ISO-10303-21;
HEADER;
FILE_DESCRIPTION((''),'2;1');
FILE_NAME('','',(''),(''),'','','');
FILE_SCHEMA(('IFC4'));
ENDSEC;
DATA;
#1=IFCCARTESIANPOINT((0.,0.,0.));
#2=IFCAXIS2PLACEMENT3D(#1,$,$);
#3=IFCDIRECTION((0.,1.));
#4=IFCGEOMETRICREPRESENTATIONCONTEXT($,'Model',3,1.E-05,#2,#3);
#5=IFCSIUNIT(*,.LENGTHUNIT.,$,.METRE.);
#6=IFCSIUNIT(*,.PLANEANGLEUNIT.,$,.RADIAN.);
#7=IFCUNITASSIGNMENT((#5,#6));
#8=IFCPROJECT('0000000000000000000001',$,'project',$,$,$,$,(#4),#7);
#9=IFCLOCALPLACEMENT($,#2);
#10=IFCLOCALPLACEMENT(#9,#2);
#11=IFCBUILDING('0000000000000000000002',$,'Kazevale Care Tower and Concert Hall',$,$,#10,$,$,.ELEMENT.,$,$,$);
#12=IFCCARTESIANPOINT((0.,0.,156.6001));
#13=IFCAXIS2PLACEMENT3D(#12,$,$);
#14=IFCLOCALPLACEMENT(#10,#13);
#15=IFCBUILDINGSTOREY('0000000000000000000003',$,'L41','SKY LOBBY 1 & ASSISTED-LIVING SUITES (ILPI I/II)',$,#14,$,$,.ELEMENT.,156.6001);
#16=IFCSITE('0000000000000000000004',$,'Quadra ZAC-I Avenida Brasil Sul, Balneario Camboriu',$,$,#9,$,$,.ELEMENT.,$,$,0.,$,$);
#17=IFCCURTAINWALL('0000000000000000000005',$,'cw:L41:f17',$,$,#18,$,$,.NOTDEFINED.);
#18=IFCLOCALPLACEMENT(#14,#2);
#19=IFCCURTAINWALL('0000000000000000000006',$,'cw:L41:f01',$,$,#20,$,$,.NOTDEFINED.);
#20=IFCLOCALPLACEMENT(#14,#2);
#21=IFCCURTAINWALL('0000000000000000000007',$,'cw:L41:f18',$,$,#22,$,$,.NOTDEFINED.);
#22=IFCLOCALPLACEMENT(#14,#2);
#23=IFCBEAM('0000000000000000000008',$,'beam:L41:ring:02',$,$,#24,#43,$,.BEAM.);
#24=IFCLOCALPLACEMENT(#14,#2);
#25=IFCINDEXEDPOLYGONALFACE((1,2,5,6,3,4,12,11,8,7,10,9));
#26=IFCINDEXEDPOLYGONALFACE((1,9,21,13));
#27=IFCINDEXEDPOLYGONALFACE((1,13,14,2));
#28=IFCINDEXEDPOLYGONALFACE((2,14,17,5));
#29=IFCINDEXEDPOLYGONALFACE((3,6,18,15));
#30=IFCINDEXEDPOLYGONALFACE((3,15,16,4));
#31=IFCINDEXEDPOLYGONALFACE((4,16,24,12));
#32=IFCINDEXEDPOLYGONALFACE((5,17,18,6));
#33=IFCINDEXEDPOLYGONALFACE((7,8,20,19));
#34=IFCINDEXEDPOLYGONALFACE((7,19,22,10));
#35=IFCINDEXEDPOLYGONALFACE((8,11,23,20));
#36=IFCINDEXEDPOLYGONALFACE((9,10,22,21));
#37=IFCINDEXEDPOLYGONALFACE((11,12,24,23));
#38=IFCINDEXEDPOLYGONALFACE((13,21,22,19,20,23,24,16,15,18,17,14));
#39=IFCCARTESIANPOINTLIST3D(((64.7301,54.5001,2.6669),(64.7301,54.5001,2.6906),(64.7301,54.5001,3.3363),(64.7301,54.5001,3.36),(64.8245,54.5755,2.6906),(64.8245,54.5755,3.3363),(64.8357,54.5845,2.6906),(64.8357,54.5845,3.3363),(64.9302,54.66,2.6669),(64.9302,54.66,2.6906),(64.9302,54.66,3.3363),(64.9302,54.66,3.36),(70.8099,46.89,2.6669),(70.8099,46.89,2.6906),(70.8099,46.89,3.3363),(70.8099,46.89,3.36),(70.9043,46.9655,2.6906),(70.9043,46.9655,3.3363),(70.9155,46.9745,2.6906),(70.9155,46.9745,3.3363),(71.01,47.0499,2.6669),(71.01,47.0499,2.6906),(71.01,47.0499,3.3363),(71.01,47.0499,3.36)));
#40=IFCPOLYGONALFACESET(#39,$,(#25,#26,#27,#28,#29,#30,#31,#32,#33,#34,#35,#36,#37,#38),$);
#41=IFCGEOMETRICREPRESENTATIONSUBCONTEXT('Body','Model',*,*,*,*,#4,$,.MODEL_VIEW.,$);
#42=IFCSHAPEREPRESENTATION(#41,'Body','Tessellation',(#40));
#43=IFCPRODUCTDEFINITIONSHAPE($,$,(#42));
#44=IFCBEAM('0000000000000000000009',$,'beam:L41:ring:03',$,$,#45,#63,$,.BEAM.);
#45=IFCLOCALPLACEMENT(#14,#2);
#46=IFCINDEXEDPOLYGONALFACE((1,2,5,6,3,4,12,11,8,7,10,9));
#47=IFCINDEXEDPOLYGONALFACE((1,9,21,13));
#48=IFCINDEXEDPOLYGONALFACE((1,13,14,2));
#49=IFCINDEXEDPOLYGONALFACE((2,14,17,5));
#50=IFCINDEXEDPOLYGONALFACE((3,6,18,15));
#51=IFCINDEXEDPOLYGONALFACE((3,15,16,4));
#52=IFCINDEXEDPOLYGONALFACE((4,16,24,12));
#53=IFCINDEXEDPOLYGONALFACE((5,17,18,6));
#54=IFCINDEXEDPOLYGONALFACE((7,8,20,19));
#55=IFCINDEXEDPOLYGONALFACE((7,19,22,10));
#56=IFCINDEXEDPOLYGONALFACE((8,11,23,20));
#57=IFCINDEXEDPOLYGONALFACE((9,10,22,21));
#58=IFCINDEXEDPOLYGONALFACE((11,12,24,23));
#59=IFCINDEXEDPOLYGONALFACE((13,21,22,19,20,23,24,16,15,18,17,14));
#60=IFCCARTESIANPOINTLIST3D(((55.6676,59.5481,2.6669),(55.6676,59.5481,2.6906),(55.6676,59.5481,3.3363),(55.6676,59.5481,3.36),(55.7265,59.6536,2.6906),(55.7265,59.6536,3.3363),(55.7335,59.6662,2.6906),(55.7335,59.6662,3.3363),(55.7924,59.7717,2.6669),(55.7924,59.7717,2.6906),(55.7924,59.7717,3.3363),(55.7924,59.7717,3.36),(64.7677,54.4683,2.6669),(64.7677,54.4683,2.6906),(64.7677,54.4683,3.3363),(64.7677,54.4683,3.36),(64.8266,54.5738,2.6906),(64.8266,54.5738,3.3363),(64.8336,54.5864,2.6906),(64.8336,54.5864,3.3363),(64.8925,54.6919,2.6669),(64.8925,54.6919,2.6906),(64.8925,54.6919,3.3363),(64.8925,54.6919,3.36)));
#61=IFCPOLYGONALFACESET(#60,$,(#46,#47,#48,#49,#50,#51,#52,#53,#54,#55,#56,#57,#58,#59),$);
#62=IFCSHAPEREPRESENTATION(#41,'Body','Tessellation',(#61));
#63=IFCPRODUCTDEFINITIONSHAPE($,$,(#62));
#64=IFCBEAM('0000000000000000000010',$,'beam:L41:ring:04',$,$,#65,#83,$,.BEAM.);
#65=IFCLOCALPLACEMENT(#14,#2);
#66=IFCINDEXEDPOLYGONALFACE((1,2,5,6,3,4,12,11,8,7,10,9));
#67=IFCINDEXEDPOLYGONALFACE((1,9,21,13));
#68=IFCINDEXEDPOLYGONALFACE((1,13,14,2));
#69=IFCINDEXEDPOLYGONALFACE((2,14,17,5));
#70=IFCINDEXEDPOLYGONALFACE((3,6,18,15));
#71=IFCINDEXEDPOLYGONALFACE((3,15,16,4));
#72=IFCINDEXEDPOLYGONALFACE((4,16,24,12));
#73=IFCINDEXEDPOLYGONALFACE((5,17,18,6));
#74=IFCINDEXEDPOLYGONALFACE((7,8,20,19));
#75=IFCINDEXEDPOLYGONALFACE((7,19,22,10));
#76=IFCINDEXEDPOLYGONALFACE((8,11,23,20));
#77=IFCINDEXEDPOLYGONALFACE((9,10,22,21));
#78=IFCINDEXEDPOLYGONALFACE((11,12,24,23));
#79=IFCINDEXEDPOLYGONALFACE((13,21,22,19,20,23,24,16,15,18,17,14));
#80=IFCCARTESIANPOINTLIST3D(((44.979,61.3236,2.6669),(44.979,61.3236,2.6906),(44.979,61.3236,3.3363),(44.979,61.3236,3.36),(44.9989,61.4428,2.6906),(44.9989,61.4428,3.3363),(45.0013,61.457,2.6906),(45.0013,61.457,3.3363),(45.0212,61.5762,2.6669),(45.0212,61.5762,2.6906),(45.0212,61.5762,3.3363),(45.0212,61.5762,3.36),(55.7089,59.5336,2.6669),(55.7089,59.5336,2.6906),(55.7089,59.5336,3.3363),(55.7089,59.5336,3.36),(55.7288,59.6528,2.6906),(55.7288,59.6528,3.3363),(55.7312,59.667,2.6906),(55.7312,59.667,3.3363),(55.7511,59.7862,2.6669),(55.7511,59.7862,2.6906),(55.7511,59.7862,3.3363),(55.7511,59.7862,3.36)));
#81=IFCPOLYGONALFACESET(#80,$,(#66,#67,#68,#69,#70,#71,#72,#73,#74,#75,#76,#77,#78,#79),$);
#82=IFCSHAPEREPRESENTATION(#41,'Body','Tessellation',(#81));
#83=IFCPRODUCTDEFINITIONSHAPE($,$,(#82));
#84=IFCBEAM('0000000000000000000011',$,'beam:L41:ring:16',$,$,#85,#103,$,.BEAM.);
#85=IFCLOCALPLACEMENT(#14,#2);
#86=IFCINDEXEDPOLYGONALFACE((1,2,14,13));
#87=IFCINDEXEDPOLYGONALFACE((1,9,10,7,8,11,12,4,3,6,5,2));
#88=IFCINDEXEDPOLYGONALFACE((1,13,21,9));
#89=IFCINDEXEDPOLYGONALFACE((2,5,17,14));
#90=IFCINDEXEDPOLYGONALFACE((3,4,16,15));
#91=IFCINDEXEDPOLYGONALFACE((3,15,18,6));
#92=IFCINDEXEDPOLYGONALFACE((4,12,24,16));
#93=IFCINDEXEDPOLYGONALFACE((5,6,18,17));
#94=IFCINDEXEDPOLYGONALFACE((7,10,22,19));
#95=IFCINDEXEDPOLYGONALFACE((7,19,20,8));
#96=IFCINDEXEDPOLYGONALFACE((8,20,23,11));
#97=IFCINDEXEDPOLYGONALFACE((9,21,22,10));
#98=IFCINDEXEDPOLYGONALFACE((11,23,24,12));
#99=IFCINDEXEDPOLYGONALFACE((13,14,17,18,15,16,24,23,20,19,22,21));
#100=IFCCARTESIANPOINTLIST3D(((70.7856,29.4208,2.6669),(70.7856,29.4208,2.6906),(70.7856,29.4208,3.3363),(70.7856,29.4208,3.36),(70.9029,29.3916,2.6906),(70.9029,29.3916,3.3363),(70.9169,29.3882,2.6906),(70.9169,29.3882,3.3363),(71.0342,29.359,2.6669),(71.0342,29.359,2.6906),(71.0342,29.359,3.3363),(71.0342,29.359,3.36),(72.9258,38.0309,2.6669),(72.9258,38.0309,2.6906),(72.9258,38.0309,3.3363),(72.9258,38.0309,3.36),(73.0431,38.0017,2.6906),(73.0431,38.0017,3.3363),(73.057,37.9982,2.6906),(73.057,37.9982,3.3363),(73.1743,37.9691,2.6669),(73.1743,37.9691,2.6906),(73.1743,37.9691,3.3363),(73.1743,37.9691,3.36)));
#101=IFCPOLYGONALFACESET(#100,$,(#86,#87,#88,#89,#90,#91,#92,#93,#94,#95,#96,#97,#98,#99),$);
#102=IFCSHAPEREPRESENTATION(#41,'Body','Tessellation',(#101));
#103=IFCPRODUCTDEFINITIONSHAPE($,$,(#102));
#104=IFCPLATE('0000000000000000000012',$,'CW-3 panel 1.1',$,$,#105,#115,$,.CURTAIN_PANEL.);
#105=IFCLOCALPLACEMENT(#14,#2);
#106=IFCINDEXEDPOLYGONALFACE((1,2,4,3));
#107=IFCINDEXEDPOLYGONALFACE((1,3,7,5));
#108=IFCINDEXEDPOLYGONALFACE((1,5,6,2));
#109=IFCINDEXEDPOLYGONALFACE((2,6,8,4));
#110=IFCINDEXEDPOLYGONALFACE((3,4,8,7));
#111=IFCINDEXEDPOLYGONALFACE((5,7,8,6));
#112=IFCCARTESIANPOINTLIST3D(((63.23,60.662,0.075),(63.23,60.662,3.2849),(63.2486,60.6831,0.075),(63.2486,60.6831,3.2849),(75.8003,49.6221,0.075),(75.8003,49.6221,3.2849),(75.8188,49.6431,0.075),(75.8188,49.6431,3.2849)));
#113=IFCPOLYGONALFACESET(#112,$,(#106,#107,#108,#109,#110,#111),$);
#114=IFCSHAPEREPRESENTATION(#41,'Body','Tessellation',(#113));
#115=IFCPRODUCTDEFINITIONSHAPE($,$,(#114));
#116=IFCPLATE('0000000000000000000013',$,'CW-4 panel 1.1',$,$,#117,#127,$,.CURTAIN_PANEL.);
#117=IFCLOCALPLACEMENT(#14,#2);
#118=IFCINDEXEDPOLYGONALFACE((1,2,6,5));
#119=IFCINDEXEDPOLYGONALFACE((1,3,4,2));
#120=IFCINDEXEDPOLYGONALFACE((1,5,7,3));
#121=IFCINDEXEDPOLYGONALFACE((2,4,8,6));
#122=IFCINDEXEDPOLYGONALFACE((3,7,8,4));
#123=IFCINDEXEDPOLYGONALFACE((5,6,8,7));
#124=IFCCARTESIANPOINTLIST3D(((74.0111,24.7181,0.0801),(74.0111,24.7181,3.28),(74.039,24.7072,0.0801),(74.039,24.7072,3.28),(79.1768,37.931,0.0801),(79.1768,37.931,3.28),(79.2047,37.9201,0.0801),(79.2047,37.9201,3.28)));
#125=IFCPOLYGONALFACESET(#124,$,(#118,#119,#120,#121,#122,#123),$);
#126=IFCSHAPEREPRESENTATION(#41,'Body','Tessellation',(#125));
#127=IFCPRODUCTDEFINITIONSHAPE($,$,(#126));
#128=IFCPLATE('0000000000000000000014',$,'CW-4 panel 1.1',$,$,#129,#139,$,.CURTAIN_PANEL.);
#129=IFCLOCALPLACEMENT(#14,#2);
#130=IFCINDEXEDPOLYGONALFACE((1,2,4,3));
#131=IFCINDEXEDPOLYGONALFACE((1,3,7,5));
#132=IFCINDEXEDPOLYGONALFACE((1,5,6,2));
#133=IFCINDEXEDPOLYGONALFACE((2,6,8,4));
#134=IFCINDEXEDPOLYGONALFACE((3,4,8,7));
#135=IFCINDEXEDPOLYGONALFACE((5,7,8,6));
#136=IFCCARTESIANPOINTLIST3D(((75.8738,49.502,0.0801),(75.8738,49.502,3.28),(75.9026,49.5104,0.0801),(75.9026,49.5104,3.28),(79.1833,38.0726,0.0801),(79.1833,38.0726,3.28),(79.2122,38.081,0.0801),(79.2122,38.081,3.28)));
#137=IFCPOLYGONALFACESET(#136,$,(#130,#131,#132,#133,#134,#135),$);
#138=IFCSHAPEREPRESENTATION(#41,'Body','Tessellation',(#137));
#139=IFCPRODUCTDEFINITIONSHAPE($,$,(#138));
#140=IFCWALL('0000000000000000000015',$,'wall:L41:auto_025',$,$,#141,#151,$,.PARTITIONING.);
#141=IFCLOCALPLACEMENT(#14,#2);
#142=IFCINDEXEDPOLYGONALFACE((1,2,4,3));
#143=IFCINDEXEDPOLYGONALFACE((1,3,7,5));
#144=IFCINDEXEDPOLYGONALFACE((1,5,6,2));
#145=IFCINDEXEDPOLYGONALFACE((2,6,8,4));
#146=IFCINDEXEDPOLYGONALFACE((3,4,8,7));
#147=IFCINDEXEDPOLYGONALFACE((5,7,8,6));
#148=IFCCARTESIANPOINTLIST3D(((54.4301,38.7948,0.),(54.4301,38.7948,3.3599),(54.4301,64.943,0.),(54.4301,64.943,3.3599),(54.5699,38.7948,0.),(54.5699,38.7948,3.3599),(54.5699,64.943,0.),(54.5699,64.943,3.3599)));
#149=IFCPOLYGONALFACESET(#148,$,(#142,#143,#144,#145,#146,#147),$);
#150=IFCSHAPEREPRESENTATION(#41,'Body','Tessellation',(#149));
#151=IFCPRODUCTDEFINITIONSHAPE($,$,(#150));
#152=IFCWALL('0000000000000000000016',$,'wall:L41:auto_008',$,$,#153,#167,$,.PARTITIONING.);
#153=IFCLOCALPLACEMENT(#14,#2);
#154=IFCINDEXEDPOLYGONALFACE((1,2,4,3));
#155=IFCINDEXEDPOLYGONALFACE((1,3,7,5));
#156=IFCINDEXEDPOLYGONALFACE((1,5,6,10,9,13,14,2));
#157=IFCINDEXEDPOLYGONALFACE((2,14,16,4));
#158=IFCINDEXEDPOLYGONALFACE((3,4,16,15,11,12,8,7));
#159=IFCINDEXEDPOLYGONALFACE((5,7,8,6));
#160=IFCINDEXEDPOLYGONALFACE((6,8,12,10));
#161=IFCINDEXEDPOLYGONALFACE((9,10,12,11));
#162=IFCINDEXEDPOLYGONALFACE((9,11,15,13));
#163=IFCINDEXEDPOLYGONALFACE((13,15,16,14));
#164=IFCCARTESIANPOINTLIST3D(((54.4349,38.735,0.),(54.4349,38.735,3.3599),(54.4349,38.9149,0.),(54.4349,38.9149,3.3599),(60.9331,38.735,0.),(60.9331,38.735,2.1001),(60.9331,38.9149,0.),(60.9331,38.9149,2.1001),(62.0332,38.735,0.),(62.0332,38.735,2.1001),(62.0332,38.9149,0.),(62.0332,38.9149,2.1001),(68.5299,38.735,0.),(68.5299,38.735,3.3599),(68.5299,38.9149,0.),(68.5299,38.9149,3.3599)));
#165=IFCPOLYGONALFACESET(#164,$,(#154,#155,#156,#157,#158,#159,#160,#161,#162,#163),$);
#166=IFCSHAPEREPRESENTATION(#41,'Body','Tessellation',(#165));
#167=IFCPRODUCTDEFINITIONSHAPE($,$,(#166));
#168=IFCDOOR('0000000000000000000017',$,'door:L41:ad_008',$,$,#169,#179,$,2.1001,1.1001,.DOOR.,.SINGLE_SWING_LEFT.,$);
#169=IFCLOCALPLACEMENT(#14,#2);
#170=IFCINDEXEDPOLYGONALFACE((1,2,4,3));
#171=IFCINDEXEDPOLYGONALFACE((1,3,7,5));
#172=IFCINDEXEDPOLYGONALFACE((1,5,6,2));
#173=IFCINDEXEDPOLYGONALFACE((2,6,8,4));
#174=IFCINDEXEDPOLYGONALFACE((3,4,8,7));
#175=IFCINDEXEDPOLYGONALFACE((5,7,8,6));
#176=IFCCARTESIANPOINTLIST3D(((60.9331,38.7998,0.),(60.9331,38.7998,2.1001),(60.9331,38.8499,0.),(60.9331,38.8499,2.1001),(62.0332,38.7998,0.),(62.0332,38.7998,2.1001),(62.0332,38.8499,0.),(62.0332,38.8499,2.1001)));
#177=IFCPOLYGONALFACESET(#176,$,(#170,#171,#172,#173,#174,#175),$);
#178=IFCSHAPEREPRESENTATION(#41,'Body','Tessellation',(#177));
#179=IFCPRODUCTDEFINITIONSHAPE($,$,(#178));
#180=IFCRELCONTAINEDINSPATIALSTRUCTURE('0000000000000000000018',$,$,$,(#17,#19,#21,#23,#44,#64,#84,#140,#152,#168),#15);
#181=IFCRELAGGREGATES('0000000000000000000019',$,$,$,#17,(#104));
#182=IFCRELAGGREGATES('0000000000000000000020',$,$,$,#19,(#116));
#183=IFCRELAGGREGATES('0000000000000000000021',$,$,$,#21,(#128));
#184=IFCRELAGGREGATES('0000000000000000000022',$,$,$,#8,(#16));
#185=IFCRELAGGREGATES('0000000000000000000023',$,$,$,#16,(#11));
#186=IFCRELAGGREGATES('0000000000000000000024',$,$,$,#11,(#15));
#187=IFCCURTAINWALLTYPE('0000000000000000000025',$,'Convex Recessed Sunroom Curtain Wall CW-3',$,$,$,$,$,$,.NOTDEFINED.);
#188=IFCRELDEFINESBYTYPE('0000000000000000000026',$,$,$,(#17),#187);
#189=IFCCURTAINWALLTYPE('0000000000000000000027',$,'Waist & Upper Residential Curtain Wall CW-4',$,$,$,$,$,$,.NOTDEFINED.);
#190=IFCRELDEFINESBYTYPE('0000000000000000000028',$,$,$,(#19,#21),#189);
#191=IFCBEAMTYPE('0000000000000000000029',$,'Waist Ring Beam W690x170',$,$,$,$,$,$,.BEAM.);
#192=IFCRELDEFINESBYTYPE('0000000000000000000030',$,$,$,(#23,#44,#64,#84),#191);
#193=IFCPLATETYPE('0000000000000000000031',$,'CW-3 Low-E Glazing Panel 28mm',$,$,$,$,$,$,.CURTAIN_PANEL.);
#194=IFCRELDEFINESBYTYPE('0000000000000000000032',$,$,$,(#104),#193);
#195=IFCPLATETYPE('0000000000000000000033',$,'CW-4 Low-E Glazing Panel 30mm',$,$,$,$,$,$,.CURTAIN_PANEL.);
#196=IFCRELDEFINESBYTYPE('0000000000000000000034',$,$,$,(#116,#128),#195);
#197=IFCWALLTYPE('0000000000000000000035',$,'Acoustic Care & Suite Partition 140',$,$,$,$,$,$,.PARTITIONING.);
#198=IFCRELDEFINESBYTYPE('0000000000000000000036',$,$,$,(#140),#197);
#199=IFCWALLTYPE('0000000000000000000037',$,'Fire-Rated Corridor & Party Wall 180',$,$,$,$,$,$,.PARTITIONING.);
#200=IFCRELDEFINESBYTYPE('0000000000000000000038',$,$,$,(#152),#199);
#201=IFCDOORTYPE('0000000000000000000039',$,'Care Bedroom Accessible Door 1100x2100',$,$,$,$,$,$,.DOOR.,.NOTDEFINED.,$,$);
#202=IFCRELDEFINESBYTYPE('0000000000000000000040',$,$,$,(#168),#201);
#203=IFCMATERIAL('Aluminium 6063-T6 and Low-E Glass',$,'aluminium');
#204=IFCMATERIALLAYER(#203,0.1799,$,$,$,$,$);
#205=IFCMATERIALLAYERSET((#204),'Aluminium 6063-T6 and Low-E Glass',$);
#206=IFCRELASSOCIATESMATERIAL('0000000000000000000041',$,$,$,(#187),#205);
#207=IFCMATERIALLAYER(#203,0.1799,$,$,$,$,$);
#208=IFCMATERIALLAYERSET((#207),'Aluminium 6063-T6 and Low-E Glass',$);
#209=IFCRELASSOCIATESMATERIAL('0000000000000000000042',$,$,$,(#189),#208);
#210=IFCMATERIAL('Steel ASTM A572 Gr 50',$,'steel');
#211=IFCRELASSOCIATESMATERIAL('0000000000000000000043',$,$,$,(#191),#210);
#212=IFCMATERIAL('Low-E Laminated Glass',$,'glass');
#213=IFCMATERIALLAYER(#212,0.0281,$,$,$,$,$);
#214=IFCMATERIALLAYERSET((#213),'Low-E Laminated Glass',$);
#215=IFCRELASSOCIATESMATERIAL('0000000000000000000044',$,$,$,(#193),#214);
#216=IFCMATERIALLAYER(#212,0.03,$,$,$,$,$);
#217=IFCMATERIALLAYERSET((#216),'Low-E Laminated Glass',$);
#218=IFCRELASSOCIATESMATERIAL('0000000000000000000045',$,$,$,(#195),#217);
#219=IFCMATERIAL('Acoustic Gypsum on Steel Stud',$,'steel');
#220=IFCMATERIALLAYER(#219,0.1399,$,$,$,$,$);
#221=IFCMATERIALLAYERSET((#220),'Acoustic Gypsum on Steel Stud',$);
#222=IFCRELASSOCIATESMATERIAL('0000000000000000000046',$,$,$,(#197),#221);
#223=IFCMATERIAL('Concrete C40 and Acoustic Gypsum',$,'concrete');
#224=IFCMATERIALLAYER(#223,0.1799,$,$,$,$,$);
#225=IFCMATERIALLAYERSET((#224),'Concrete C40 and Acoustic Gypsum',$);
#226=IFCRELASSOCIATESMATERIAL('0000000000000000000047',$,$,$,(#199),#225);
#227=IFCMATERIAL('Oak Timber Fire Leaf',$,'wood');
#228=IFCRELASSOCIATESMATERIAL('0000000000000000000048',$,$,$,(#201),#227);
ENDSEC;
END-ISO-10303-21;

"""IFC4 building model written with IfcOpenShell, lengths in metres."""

from ifc_helpers import new_model, si_unit, direction, frame, frame_2d, origin, origin_2d, place, context, subcontext, project, spatial, rectangle, i_section, extrude, material, layer, layer_set, material_profile, profile_set, type_object, element, fill, aggregate, save


model = new_model("IFC4")

# Units and contexts
model_context = context("Model", 3, precision=1e-05, world=origin(), true_north=direction((0.0, 1.0)))
body_context = subcontext(model_context, "Body", "Model", "MODEL_VIEW")
ifc_project = project(units=[si_unit("LENGTHUNIT", "METRE"), si_unit("PLANEANGLEUNIT", "RADIAN")], contexts=[model_context])

# Site, building, storey
site_placement = place(None, origin())
site = spatial("IfcSite", under=ifc_project, at=site_placement, Name="Quadra ZAC-I Avenida Brasil Sul, Balneario Camboriu", CompositionType="ELEMENT", RefElevation=0.0)
building_placement = place(site_placement, origin())
building = spatial("IfcBuilding", under=site, at=building_placement, Name="Kazevale Care Tower and Concert Hall", CompositionType="ELEMENT")
storey_placement = place(building_placement, frame((0.0, 0.0, 156.6001)))
storey = spatial("IfcBuildingStorey", under=building, at=storey_placement, Name="L41", Description="SKY LOBBY 1 & ASSISTED-LIVING SUITES (ILPI I/II)", CompositionType="ELEMENT", Elevation=156.6001)

# Shared definitions
ifc_material_1 = material(Name="Aluminium 6063-T6 and Low-E Glass", Category="aluminium")

# Curtain wall
ifc_layer_1 = layer(ifc_material_1, 0.1799)
ifc_layer_set_1 = layer_set([ifc_layer_1], Name="Aluminium 6063-T6 and Low-E Glass")
curtain_wall_type_1 = type_object("IfcCurtainWallType", Name="Convex Recessed Sunroom Curtain Wall CW-3", PredefinedType="NOTDEFINED", material=ifc_layer_set_1)
curtain_wall_1_placement = place(storey_placement, origin())
curtain_wall_1 = element("IfcCurtainWall", 1, at=curtain_wall_1_placement, inside=storey, type_object=curtain_wall_type_1, Name="cw:L41:f17", PredefinedType="NOTDEFINED")

# Curtain wall
ifc_layer_2 = layer(ifc_material_1, 0.1799)
ifc_layer_set_2 = layer_set([ifc_layer_2], Name="Aluminium 6063-T6 and Low-E Glass")
curtain_wall_type_2 = type_object("IfcCurtainWallType", Name="Waist & Upper Residential Curtain Wall CW-4", PredefinedType="NOTDEFINED", material=ifc_layer_set_2)
curtain_wall_2_placement = place(storey_placement, origin())
curtain_wall_2 = element("IfcCurtainWall", 2, at=curtain_wall_2_placement, inside=storey, type_object=curtain_wall_type_2, Name="cw:L41:f01", PredefinedType="NOTDEFINED")

# Curtain wall
curtain_wall_3_placement = place(storey_placement, origin())
curtain_wall_3 = element("IfcCurtainWall", 3, at=curtain_wall_3_placement, inside=storey, type_object=curtain_wall_type_2, Name="cw:L41:f18", PredefinedType="NOTDEFINED")

# Beams
ifc_material_2 = material(Name="Steel ASTM A572 Gr 50", Category="steel")
ifc_material_profile_1 = material_profile(ifc_material_2, i_section(OverallWidth=0.2561, OverallDepth=0.6931, WebThickness=0.0144, FlangeThickness=0.0237, at=origin_2d()), Name="W690x170")
ifc_profile_set_1 = profile_set([ifc_material_profile_1], Name="Steel ASTM A572 Gr 50")
beam_type_1 = type_object("IfcBeamType", Name="Waist Ring Beam W690x170", PredefinedType="BEAM", material=ifc_profile_set_1)
beam_1_placement = place(storey_placement, frame((70.9099, 46.97, 3.0134), z_axis=(-0.624178, 0.781282, 0.0), x_axis=(-0.781282, -0.624178, 0.0)))
element("IfcBeam", 4, at=beam_1_placement, inside=storey, type_object=beam_type_1, Name="beam:L41:ring:02", PredefinedType="BEAM", context=body_context, shape_type="SweptSolid", body=[
    extrude(i_section(OverallWidth=0.2561, OverallDepth=0.6931, WebThickness=0.0144, FlangeThickness=0.0237, at=origin_2d()), origin(), (0.0, 0.0, 1.0), 9.7405),
])
beam_2_placement = place(storey_placement, frame((64.8301, 54.5801, 3.0134), z_axis=(-0.873169, 0.487418, 0.0), x_axis=(-0.487418, -0.873169, 0.0)))
element("IfcBeam", 5, at=beam_2_placement, inside=storey, type_object=beam_type_1, Name="beam:L41:ring:03", PredefinedType="BEAM", context=body_context, shape_type="SweptSolid", body=[
    extrude(i_section(OverallWidth=0.2561, OverallDepth=0.6931, WebThickness=0.0144, FlangeThickness=0.0237, at=origin_2d()), origin(), (0.0, 0.0, 1.0), 10.4219),
])
beam_3_placement = place(storey_placement, frame((55.73, 59.6599, 3.0134), z_axis=(-0.986368, 0.164552, 0.0), x_axis=(-0.164552, -0.986368, 0.0)))
element("IfcBeam", 6, at=beam_3_placement, inside=storey, type_object=beam_type_1, Name="beam:L41:ring:04", PredefinedType="BEAM", context=body_context, shape_type="SweptSolid", body=[
    extrude(i_section(OverallWidth=0.2561, OverallDepth=0.6931, WebThickness=0.0144, FlangeThickness=0.0237, at=origin_2d()), origin(), (0.0, 0.0, 1.0), 10.8782),
])
beam_4_placement = place(storey_placement, frame((70.9099, 29.3899, 3.0134), z_axis=(0.241221, 0.97047, 0.0), x_axis=(-0.97047, 0.241221, 0.0)))
element("IfcBeam", 7, at=beam_4_placement, inside=storey, type_object=beam_type_1, Name="beam:L41:ring:16", PredefinedType="BEAM", context=body_context, shape_type="SweptSolid", body=[
    extrude(i_section(OverallWidth=0.2561, OverallDepth=0.6931, WebThickness=0.0144, FlangeThickness=0.0237, at=origin_2d()), origin(), (0.0, 0.0, 1.0), 8.8721),
])

# Plates
ifc_material_3 = material(Name="Low-E Laminated Glass", Category="glass")
ifc_layer_3 = layer(ifc_material_3, 0.0281)
ifc_layer_set_3 = layer_set([ifc_layer_3], Name="Low-E Laminated Glass")
plate_type_1 = type_object("IfcPlateType", Name="CW-3 Low-E Glazing Panel 28mm", PredefinedType="CURTAIN_PANEL", material=ifc_layer_set_3)
plate_1_placement = place(storey_placement, frame((69.5244, 55.1526, 0.075), z_axis=(0.0, 0.0, 1.0), x_axis=(0.751361, -0.659892, 0.0)))
plate_1 = element("IfcPlate", 8, at=plate_1_placement, type_object=plate_type_1, Name="CW-3 panel 1.1", PredefinedType="CURTAIN_PANEL", context=body_context, shape_type="SweptSolid", body=[
    extrude(rectangle(XDim=16.73, YDim=0.0281, at=origin_2d()), origin(), (0.0, 0.0, 1.0), 3.21),
])
aggregate(curtain_wall_1, [plate_1])
ifc_layer_4 = layer(ifc_material_3, 0.03)
ifc_layer_set_4 = layer_set([ifc_layer_4], Name="Low-E Laminated Glass")
plate_type_2 = type_object("IfcPlateType", Name="CW-4 Low-E Glazing Panel 30mm", PredefinedType="CURTAIN_PANEL", material=ifc_layer_set_4)
plate_2_placement = place(storey_placement, frame((76.6079, 31.3191, 0.0801), z_axis=(0.0, 0.0, 1.0), x_axis=(-0.364121, -0.931352, 0.0)))
plate_2 = element("IfcPlate", 9, at=plate_2_placement, type_object=plate_type_2, Name="CW-4 panel 1.1", PredefinedType="CURTAIN_PANEL", context=body_context, shape_type="SweptSolid", body=[
    extrude(rectangle(XDim=14.1868, YDim=0.03, at=origin_2d()), origin(), (0.0, 0.0, 1.0), 3.2),
])
aggregate(curtain_wall_2, [plate_2])
plate_3_placement = place(storey_placement, frame((77.543, 43.7915, 0.0801), z_axis=(0.0, 0.0, 1.0), x_axis=(0.278137, -0.960542, 0.0)))
plate_3 = element("IfcPlate", 10, at=plate_3_placement, type_object=plate_type_2, Name="CW-4 panel 1.1", PredefinedType="CURTAIN_PANEL", context=body_context, shape_type="SweptSolid", body=[
    extrude(rectangle(XDim=11.8989, YDim=0.03, at=origin_2d()), origin(), (0.0, 0.0, 1.0), 3.2),
])
aggregate(curtain_wall_3, [plate_3])

# Wall
ifc_material_4 = material(Name="Acoustic Gypsum on Steel Stud", Category="steel")
ifc_layer_5 = layer(ifc_material_4, 0.1399)
ifc_layer_set_5 = layer_set([ifc_layer_5], Name="Acoustic Gypsum on Steel Stud")
wall_type_1 = type_object("IfcWallType", Name="Acoustic Care & Suite Partition 140", PredefinedType="PARTITIONING", material=ifc_layer_set_5)
wall_1_placement = place(storey_placement, frame((54.5, 64.9431, 0.0), z_axis=(0.0, 0.0, 1.0), x_axis=(0.0, -1.0, 0.0)))
element("IfcWall", 11, at=wall_1_placement, inside=storey, type_object=wall_type_1, Name="wall:L41:auto_025", PredefinedType="PARTITIONING", context=body_context, shape_type="SweptSolid", body=[
    extrude(rectangle(XDim=26.1482, YDim=0.1399, at=frame_2d((13.0742, 0.0))), origin(), (0.0, 0.0, 1.0), 3.3599),
])

# Wall, opening, door
ifc_material_5 = material(Name="Concrete C40 and Acoustic Gypsum", Category="concrete")
ifc_layer_6 = layer(ifc_material_5, 0.1799)
ifc_layer_set_6 = layer_set([ifc_layer_6], Name="Concrete C40 and Acoustic Gypsum")
wall_type_2 = type_object("IfcWallType", Name="Fire-Rated Corridor & Party Wall 180", PredefinedType="PARTITIONING", material=ifc_layer_set_6)
wall_2_placement = place(storey_placement, frame((54.4351, 38.825, 0.0), z_axis=(0.0, 0.0, 1.0), x_axis=(1.0, 0.0, 0.0)))
wall_2 = element("IfcWall", 12, at=wall_2_placement, inside=storey, type_object=wall_type_2, Name="wall:L41:auto_008", PredefinedType="PARTITIONING", context=body_context, shape_type="SweptSolid", body=[
    extrude(rectangle(XDim=14.095, YDim=0.1799, at=frame_2d((7.0474, 0.0))), origin(), (0.0, 0.0, 1.0), 3.3599),
])
opening_1_placement = place(wall_2_placement, frame((6.498, 0.0, 0.0)))
opening_1 = element("IfcOpeningElement", 13, at=opening_1_placement, cuts=wall_2, PredefinedType="OPENING", context=body_context, shape_type="SweptSolid", body=[
    extrude(rectangle(XDim=1.1001, YDim=2.1001, at=frame_2d((0.55, 1.05))), frame((0.0, 0.0999, 0.0), z_axis=(0.0, -1.0, 0.0), x_axis=(1.0, 0.0, 0.0)), (0.0, 0.0, 1.0), 0.2),
])
ifc_material_6 = material(Name="Oak Timber Fire Leaf", Category="wood")
door_type = type_object("IfcDoorType", Name="Care Bedroom Accessible Door 1100x2100", OperationType="NOTDEFINED", PredefinedType="DOOR", material=ifc_material_6)
door_1_placement = place(opening_1_placement, origin())
door_1 = element("IfcDoor", 14, at=door_1_placement, inside=storey, type_object=door_type, Name="door:L41:ad_008", OperationType="SINGLE_SWING_LEFT", OverallHeight=2.1001, OverallWidth=1.1001, PredefinedType="DOOR", context=body_context, shape_type="SweptSolid", body=[
    extrude(rectangle(XDim=1.1001, YDim=2.1001, at=frame_2d((0.55, 1.05))), frame((0.0, 0.0249, 0.0), z_axis=(0.0, -1.0, 0.0), x_axis=(1.0, 0.0, 0.0)), (0.0, 0.0, 1.0), 0.05),
])
fill(opening_1, door_1)

save(model, "model.ifc")
